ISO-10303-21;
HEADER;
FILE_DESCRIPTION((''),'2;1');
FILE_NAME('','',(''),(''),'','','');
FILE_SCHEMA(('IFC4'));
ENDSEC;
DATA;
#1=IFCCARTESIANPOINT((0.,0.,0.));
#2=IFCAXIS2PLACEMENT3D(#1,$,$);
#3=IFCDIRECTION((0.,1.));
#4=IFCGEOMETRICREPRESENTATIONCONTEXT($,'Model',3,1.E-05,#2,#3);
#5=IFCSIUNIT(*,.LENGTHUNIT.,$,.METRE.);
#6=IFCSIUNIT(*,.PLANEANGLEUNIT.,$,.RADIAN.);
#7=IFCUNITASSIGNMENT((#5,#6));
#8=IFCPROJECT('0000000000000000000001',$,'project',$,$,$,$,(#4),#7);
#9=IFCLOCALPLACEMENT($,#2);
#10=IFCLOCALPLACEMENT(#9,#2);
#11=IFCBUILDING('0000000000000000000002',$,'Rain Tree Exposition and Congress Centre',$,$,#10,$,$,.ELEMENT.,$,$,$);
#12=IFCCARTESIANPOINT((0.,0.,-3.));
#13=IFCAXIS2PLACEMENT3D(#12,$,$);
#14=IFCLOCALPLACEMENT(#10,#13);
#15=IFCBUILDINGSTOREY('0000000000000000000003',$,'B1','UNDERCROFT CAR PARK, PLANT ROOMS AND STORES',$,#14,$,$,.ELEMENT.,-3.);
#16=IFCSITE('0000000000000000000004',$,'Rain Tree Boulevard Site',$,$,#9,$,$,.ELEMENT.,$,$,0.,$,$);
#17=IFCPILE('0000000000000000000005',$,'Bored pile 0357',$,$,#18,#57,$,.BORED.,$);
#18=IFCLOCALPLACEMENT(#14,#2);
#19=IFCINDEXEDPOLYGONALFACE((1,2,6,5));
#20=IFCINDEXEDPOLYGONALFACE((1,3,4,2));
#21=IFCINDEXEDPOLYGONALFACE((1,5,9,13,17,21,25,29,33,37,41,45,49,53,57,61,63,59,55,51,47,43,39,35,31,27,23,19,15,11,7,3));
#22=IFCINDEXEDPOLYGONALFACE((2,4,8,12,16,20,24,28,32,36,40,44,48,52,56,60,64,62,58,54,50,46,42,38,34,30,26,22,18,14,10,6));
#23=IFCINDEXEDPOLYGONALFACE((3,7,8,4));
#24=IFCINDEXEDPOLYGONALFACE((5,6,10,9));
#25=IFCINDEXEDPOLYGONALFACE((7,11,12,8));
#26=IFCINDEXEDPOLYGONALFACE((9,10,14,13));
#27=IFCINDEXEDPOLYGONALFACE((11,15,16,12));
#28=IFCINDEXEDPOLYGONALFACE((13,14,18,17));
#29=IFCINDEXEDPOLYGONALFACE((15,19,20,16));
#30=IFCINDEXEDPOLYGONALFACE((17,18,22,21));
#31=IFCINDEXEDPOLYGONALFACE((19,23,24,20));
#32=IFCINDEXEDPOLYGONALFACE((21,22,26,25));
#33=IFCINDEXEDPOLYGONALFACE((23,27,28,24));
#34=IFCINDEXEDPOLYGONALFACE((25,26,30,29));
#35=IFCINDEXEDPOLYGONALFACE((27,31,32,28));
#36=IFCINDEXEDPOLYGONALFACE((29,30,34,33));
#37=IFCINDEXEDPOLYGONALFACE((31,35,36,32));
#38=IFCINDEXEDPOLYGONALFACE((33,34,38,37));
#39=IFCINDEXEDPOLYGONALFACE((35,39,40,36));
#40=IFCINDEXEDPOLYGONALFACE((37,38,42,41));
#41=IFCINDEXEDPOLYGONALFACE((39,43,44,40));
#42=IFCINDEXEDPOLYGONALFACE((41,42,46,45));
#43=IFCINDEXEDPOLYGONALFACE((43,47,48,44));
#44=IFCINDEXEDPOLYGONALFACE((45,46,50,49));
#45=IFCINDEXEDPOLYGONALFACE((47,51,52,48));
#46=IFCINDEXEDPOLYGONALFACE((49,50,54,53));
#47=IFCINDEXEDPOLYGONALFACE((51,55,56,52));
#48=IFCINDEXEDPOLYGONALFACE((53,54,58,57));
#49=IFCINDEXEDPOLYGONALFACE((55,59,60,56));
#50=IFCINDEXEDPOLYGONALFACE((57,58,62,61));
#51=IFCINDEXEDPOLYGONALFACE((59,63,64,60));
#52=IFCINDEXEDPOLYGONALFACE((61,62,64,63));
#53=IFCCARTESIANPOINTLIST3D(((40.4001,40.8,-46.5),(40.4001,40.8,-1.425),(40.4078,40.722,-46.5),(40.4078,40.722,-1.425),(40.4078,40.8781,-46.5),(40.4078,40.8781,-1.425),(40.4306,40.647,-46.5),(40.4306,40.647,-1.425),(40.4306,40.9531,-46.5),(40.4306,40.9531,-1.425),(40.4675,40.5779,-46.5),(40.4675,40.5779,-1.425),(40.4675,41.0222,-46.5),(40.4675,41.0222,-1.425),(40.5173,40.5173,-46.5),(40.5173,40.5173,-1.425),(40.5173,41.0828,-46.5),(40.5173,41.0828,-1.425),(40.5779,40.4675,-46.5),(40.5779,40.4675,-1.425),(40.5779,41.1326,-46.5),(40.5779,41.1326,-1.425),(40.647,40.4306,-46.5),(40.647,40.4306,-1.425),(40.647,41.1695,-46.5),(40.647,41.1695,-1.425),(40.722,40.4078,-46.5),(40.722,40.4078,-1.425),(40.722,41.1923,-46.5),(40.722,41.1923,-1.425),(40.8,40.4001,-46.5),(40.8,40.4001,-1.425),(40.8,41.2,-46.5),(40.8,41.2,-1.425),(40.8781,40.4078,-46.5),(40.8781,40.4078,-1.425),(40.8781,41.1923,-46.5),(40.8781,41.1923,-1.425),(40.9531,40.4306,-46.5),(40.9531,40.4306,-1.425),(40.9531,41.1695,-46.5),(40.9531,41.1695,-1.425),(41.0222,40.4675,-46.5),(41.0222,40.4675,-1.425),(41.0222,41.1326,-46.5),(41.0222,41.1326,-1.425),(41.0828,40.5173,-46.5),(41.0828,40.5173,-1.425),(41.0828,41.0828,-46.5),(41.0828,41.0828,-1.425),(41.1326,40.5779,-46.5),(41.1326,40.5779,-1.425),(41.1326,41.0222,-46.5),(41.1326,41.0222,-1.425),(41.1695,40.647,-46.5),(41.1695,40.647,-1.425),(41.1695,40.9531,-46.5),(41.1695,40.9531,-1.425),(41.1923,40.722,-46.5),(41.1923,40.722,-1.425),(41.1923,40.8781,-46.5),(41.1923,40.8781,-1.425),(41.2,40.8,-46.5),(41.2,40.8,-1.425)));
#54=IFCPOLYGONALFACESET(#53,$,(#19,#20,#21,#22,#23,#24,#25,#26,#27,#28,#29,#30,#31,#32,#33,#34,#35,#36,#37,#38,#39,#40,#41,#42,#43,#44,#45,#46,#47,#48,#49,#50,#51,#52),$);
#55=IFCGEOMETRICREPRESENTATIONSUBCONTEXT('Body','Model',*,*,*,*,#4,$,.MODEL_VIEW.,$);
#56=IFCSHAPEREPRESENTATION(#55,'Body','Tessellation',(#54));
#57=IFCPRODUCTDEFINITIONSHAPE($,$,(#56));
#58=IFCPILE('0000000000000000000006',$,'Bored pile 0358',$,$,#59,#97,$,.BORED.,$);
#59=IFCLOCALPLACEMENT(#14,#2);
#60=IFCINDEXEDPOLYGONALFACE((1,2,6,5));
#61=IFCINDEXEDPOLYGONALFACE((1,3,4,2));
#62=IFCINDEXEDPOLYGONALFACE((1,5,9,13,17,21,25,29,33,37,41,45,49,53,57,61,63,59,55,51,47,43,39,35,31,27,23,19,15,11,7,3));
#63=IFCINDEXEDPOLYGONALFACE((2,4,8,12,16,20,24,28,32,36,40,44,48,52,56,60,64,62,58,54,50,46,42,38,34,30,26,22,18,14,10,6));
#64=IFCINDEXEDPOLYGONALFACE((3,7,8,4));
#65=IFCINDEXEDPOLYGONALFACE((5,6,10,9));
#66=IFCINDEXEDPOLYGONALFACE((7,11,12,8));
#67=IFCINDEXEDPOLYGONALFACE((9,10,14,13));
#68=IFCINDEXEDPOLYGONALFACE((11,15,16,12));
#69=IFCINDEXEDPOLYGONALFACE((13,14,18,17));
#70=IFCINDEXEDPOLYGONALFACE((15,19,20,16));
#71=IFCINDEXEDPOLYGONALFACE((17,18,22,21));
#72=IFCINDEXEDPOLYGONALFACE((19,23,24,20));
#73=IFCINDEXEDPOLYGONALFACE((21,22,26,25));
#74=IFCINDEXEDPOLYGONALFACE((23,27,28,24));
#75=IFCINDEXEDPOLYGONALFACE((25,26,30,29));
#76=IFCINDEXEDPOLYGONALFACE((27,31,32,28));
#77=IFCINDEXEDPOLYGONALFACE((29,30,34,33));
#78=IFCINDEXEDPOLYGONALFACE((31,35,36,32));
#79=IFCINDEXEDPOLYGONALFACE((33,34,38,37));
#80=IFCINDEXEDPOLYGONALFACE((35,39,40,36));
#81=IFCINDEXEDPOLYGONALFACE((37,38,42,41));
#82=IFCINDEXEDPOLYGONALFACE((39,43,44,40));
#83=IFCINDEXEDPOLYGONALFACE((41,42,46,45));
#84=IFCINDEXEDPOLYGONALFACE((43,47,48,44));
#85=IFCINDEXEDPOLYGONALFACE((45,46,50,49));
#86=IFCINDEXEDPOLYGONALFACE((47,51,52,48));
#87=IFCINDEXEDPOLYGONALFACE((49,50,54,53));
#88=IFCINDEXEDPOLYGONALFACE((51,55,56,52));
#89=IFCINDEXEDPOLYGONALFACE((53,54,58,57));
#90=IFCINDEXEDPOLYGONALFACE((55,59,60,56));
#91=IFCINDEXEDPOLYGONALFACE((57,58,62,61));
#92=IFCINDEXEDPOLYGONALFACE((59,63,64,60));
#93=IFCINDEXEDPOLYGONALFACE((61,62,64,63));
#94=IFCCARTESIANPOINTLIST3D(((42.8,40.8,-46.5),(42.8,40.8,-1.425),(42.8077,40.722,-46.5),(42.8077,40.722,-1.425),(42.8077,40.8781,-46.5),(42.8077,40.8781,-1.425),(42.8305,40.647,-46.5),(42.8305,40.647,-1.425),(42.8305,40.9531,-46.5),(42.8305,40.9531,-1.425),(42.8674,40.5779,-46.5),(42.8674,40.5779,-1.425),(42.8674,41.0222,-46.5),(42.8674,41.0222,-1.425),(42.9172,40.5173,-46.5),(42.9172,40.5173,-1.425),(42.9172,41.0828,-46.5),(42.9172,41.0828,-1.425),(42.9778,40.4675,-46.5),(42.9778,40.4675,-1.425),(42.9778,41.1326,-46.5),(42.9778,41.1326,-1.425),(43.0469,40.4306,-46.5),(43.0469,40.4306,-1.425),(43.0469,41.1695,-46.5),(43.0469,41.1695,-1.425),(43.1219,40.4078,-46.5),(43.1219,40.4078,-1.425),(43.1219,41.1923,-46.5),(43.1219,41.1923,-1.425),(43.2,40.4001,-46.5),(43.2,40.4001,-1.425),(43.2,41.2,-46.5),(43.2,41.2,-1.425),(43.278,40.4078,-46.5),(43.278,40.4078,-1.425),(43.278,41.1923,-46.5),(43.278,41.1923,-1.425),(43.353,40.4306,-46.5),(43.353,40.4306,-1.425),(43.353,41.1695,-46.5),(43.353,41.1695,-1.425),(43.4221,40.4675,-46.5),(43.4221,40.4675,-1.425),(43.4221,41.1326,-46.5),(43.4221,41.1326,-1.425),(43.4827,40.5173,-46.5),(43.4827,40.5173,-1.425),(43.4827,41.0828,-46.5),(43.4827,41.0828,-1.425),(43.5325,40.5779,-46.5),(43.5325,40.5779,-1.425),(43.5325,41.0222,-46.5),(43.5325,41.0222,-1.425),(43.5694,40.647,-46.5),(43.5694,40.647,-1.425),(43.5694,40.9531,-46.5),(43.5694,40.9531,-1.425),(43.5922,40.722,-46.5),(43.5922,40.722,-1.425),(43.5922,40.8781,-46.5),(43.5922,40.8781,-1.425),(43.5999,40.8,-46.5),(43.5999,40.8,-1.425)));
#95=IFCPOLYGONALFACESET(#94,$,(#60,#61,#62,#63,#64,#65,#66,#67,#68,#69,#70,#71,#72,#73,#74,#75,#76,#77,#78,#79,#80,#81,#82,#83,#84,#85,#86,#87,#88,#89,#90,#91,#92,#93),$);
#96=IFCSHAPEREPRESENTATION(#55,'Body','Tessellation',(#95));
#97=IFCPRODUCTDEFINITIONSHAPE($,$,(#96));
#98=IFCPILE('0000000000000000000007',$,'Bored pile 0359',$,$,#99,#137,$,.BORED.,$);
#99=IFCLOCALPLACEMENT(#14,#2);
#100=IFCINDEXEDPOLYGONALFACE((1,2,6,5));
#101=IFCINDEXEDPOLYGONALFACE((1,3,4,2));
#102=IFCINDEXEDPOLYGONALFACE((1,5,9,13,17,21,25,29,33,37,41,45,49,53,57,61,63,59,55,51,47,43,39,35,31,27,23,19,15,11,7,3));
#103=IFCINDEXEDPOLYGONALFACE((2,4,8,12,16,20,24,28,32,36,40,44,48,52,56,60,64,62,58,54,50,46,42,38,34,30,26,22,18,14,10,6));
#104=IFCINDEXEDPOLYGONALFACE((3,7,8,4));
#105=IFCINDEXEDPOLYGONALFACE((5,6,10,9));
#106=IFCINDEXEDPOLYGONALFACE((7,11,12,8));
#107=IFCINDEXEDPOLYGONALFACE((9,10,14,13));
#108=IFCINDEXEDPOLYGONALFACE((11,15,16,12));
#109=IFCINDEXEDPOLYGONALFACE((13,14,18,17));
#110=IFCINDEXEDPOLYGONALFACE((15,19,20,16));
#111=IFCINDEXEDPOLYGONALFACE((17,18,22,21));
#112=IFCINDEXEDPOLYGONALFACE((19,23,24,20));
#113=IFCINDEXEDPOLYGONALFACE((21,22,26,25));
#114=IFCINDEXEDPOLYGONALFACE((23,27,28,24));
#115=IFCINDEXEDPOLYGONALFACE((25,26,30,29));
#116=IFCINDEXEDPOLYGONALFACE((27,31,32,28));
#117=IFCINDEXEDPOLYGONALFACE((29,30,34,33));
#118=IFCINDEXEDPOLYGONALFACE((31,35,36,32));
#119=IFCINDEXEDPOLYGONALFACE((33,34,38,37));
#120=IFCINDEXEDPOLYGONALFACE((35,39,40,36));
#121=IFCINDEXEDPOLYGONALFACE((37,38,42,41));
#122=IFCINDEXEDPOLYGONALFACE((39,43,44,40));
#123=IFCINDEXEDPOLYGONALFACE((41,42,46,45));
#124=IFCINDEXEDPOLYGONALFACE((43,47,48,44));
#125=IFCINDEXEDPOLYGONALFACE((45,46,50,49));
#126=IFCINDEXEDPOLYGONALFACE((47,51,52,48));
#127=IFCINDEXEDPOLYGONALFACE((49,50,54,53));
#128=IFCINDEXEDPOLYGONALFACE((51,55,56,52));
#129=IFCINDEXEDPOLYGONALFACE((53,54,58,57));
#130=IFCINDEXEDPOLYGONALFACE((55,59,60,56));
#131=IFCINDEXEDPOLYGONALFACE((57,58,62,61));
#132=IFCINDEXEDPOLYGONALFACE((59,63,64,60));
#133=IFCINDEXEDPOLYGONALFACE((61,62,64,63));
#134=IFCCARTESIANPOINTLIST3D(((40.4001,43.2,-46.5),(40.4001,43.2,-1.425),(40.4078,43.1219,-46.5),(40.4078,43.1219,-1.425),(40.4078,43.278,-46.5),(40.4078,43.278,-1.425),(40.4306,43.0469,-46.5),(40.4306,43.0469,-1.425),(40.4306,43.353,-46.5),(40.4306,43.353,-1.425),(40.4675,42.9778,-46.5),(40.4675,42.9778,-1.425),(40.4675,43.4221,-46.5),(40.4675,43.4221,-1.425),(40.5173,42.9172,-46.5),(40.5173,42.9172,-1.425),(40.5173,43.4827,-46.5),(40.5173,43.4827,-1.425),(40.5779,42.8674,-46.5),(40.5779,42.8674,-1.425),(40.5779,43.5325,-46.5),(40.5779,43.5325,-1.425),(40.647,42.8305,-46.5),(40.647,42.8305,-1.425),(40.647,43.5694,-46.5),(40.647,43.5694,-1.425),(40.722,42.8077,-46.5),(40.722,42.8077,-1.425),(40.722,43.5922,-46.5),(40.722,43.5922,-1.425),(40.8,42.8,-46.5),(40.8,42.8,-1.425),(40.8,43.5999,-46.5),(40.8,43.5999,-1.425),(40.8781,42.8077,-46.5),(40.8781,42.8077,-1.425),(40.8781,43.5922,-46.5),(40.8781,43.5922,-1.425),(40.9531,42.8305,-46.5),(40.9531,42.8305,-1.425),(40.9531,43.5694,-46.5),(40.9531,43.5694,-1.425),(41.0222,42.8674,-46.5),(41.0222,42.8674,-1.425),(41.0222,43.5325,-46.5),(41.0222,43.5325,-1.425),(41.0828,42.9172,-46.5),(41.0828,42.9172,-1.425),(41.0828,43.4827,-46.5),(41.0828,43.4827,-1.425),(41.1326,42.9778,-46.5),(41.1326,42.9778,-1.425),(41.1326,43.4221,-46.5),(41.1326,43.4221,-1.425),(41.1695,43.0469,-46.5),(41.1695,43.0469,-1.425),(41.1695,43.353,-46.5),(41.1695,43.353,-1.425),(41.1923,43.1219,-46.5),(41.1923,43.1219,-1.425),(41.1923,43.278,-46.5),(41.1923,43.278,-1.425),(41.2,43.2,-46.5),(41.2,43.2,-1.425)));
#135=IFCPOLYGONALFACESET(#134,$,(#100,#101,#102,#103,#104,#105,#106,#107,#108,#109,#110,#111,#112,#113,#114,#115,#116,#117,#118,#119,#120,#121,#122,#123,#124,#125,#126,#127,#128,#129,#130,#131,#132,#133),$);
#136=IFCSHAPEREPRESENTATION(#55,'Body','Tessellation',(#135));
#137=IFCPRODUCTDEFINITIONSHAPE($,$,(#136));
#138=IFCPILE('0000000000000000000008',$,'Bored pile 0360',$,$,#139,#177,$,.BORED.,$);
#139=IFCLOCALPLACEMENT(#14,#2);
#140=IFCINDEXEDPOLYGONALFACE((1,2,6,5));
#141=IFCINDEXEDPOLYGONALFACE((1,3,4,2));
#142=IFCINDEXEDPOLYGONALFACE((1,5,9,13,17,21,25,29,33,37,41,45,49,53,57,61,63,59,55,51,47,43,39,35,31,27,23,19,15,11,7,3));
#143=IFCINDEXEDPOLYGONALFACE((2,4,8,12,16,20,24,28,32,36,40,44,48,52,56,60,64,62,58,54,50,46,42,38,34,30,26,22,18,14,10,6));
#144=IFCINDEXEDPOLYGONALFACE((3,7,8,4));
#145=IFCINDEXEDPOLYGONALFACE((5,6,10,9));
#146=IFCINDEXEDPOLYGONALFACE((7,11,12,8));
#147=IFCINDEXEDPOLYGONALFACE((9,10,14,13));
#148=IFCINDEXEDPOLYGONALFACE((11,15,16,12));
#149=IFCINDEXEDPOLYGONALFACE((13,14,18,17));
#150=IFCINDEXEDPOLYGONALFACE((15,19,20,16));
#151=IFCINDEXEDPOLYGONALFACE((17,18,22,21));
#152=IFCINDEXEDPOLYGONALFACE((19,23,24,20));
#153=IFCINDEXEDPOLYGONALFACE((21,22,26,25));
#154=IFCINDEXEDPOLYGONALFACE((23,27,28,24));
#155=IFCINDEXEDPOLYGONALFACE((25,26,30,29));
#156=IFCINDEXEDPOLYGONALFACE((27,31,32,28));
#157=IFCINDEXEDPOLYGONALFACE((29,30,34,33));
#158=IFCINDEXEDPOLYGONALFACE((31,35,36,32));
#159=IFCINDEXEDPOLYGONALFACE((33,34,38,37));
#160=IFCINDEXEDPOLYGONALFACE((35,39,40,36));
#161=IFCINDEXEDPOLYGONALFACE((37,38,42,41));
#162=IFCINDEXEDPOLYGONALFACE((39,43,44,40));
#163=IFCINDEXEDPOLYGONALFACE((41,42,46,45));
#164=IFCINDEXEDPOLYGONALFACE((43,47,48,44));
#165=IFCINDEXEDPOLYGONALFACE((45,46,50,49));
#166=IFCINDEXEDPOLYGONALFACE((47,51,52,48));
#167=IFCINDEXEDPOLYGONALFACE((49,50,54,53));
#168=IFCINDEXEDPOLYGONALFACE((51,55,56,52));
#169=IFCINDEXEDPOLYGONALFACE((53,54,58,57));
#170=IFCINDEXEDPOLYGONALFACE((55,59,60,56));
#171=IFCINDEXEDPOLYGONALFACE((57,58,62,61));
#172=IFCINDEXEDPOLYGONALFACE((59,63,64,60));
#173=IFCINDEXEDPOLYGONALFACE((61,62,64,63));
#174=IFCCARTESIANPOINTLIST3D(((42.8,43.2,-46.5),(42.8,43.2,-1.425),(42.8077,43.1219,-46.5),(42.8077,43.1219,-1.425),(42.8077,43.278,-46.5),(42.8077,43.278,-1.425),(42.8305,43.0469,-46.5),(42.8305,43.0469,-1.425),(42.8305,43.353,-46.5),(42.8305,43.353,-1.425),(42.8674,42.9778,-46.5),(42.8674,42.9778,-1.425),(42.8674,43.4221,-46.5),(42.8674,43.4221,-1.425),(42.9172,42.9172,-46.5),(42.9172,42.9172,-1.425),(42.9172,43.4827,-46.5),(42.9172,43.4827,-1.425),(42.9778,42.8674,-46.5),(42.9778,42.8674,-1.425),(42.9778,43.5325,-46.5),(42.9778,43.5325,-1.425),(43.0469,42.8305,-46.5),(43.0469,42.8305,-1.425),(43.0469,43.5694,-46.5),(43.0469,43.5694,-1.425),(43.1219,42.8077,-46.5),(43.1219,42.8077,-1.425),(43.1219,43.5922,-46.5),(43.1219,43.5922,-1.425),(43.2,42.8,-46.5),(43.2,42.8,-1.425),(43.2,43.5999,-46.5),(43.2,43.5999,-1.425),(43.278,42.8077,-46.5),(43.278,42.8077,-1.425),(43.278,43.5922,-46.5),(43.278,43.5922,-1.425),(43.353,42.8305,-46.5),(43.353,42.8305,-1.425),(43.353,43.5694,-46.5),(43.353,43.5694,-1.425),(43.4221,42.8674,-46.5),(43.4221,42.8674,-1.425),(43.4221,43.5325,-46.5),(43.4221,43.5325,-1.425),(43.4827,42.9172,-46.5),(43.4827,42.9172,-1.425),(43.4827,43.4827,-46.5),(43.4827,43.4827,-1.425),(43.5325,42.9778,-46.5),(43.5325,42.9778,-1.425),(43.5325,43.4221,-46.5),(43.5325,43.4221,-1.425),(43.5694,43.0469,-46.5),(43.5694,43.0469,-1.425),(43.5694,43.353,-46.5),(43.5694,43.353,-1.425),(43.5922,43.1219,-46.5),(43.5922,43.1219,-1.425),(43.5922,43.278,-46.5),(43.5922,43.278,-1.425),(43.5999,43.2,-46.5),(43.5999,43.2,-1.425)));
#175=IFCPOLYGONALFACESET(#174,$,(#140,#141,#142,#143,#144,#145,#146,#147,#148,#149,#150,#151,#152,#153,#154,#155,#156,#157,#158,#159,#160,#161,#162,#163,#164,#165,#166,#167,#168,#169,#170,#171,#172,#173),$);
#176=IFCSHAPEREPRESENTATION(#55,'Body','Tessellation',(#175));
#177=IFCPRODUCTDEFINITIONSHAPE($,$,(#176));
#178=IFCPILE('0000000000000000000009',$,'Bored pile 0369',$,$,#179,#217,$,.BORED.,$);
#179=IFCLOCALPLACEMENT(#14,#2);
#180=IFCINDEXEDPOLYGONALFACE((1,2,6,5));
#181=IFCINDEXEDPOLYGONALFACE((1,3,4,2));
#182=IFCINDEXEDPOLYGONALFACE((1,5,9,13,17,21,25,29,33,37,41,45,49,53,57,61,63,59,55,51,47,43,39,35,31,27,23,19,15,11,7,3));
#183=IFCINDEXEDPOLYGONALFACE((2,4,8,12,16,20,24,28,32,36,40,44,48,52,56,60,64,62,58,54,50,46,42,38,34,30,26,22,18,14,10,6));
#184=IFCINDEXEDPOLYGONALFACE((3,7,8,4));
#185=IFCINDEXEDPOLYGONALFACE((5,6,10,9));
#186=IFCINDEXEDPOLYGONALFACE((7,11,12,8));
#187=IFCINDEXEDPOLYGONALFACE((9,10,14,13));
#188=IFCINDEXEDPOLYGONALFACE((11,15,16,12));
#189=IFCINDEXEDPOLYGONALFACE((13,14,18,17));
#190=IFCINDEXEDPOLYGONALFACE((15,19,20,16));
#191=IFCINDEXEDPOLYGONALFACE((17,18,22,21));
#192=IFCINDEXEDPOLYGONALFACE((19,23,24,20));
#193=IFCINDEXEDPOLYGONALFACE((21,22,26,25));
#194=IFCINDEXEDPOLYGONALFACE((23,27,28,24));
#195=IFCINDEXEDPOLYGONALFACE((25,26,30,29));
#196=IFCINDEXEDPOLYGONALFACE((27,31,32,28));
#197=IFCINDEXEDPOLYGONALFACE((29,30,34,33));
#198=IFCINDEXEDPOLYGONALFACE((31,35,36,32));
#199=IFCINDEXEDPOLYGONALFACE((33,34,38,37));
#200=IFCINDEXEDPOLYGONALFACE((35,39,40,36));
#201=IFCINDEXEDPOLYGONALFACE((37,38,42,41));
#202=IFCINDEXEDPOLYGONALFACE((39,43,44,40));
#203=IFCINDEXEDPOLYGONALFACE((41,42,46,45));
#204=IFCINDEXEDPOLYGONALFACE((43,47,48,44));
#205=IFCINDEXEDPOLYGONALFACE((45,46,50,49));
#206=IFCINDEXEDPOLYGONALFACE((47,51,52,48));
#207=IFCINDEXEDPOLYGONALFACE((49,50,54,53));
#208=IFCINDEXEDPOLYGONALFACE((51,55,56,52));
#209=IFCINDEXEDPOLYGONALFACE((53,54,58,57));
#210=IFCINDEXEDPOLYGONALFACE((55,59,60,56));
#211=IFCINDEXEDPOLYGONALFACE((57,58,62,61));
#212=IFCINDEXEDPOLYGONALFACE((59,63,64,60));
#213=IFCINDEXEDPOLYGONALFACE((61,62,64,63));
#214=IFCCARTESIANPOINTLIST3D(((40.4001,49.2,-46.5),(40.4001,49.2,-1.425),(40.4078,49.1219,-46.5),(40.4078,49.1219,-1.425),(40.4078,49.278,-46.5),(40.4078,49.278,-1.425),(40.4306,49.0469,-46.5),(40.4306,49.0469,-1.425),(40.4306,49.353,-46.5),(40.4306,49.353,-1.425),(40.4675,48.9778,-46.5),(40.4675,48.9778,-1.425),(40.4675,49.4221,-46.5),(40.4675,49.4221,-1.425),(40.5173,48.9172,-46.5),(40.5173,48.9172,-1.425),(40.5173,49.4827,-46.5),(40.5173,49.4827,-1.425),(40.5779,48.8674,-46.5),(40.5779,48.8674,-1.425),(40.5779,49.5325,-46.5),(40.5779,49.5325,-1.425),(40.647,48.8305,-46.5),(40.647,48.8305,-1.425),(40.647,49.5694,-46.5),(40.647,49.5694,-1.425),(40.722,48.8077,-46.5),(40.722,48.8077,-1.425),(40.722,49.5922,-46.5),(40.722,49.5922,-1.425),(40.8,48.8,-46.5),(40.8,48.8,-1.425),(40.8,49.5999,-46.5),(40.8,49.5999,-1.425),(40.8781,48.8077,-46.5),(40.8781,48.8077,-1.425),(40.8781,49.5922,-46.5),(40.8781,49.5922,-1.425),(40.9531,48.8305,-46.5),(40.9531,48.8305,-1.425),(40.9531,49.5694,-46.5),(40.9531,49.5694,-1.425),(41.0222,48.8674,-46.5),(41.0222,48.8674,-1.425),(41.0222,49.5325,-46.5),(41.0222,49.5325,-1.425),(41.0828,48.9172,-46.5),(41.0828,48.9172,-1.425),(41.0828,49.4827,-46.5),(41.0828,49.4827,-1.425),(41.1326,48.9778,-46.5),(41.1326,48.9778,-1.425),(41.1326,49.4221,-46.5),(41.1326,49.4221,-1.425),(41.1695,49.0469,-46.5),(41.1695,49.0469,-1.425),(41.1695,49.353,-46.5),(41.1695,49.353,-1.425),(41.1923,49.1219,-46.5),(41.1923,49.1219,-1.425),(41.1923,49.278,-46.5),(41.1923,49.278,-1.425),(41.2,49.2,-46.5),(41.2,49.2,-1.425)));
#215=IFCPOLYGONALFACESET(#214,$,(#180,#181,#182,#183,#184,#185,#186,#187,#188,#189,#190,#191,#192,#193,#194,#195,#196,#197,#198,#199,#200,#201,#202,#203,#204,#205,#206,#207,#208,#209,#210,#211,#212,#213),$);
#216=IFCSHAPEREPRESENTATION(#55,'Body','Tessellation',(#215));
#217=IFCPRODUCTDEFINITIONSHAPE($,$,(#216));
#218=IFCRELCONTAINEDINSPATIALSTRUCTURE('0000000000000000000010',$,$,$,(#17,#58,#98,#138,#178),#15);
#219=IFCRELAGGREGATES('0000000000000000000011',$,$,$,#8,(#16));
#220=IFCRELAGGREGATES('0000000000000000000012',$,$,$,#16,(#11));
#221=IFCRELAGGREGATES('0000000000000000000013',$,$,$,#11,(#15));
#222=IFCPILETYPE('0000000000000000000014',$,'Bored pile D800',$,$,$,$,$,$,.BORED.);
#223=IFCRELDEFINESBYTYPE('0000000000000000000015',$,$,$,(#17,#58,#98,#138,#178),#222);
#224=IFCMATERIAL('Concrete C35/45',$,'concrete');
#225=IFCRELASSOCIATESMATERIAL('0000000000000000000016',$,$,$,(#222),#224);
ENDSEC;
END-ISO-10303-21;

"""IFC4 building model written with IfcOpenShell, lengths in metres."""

from ifc_helpers import new_model, si_unit, direction, frame, origin, origin_2d, place, context, subcontext, project, spatial, circle, extrude, material, material_profile, profile_set, type_object, element, save


model = new_model("IFC4")

# Units and contexts
model_context = context("Model", 3, precision=1e-05, world=origin(), true_north=direction((0.0, 1.0)))
body_context = subcontext(model_context, "Body", "Model", "MODEL_VIEW")
ifc_project = project(units=[si_unit("LENGTHUNIT", "METRE"), si_unit("PLANEANGLEUNIT", "RADIAN")], contexts=[model_context])

# Site, building, storey
site_placement = place(None, origin())
site = spatial("IfcSite", under=ifc_project, at=site_placement, Name="Rain Tree Boulevard Site", CompositionType="ELEMENT", RefElevation=0.0)
building_placement = place(site_placement, origin())
building = spatial("IfcBuilding", under=site, at=building_placement, Name="Rain Tree Exposition and Congress Centre", CompositionType="ELEMENT")
storey_placement = place(building_placement, frame((0.0, 0.0, -3.0)))
storey = spatial("IfcBuildingStorey", under=building, at=storey_placement, Name="B1", Description="UNDERCROFT CAR PARK, PLANT ROOMS AND STORES", CompositionType="ELEMENT", Elevation=-3.0)

# Piles
ifc_material_1 = material(Name="Concrete C35/45", Category="concrete")
ifc_material_profile_1 = material_profile(ifc_material_1, circle(Radius=0.3999, at=origin_2d()), Name="D800")
ifc_profile_set_1 = profile_set([ifc_material_profile_1], Name="Concrete C35/45")
pile_type = type_object("IfcPileType", Name="Bored pile D800", PredefinedType="BORED", material=ifc_profile_set_1)
for number, where, z_axis, x_axis, name in (
    (1, (40.8, 40.8, -1.425), (0.0, 0.0, -1.0), (1.0, 0.0, 0.0), "Bored pile 0357"),
    (2, (43.2, 40.8, -1.425), (0.0, 0.0, -1.0), (1.0, 0.0, 0.0), "Bored pile 0358"),
    (3, (40.8, 43.2, -1.425), (0.0, 0.0, -1.0), (1.0, 0.0, 0.0), "Bored pile 0359"),
    (4, (43.2, 43.2, -1.425), (0.0, 0.0, -1.0), (1.0, 0.0, 0.0), "Bored pile 0360"),
    (5, (40.8, 49.2, -1.425), (0.0, 0.0, -1.0), (1.0, 0.0, 0.0), "Bored pile 0369"),
):
    element("IfcPile", number, at=place(storey_placement, frame(where, z_axis=z_axis, x_axis=x_axis)), inside=storey, type_object=pile_type, Name=name, PredefinedType="BORED", context=body_context, shape_type="SweptSolid", body=[
        extrude(circle(Radius=0.3999, at=origin_2d()), origin(), (0.0, 0.0, 1.0), 45.075),
    ])

save(model, "model.ifc")
